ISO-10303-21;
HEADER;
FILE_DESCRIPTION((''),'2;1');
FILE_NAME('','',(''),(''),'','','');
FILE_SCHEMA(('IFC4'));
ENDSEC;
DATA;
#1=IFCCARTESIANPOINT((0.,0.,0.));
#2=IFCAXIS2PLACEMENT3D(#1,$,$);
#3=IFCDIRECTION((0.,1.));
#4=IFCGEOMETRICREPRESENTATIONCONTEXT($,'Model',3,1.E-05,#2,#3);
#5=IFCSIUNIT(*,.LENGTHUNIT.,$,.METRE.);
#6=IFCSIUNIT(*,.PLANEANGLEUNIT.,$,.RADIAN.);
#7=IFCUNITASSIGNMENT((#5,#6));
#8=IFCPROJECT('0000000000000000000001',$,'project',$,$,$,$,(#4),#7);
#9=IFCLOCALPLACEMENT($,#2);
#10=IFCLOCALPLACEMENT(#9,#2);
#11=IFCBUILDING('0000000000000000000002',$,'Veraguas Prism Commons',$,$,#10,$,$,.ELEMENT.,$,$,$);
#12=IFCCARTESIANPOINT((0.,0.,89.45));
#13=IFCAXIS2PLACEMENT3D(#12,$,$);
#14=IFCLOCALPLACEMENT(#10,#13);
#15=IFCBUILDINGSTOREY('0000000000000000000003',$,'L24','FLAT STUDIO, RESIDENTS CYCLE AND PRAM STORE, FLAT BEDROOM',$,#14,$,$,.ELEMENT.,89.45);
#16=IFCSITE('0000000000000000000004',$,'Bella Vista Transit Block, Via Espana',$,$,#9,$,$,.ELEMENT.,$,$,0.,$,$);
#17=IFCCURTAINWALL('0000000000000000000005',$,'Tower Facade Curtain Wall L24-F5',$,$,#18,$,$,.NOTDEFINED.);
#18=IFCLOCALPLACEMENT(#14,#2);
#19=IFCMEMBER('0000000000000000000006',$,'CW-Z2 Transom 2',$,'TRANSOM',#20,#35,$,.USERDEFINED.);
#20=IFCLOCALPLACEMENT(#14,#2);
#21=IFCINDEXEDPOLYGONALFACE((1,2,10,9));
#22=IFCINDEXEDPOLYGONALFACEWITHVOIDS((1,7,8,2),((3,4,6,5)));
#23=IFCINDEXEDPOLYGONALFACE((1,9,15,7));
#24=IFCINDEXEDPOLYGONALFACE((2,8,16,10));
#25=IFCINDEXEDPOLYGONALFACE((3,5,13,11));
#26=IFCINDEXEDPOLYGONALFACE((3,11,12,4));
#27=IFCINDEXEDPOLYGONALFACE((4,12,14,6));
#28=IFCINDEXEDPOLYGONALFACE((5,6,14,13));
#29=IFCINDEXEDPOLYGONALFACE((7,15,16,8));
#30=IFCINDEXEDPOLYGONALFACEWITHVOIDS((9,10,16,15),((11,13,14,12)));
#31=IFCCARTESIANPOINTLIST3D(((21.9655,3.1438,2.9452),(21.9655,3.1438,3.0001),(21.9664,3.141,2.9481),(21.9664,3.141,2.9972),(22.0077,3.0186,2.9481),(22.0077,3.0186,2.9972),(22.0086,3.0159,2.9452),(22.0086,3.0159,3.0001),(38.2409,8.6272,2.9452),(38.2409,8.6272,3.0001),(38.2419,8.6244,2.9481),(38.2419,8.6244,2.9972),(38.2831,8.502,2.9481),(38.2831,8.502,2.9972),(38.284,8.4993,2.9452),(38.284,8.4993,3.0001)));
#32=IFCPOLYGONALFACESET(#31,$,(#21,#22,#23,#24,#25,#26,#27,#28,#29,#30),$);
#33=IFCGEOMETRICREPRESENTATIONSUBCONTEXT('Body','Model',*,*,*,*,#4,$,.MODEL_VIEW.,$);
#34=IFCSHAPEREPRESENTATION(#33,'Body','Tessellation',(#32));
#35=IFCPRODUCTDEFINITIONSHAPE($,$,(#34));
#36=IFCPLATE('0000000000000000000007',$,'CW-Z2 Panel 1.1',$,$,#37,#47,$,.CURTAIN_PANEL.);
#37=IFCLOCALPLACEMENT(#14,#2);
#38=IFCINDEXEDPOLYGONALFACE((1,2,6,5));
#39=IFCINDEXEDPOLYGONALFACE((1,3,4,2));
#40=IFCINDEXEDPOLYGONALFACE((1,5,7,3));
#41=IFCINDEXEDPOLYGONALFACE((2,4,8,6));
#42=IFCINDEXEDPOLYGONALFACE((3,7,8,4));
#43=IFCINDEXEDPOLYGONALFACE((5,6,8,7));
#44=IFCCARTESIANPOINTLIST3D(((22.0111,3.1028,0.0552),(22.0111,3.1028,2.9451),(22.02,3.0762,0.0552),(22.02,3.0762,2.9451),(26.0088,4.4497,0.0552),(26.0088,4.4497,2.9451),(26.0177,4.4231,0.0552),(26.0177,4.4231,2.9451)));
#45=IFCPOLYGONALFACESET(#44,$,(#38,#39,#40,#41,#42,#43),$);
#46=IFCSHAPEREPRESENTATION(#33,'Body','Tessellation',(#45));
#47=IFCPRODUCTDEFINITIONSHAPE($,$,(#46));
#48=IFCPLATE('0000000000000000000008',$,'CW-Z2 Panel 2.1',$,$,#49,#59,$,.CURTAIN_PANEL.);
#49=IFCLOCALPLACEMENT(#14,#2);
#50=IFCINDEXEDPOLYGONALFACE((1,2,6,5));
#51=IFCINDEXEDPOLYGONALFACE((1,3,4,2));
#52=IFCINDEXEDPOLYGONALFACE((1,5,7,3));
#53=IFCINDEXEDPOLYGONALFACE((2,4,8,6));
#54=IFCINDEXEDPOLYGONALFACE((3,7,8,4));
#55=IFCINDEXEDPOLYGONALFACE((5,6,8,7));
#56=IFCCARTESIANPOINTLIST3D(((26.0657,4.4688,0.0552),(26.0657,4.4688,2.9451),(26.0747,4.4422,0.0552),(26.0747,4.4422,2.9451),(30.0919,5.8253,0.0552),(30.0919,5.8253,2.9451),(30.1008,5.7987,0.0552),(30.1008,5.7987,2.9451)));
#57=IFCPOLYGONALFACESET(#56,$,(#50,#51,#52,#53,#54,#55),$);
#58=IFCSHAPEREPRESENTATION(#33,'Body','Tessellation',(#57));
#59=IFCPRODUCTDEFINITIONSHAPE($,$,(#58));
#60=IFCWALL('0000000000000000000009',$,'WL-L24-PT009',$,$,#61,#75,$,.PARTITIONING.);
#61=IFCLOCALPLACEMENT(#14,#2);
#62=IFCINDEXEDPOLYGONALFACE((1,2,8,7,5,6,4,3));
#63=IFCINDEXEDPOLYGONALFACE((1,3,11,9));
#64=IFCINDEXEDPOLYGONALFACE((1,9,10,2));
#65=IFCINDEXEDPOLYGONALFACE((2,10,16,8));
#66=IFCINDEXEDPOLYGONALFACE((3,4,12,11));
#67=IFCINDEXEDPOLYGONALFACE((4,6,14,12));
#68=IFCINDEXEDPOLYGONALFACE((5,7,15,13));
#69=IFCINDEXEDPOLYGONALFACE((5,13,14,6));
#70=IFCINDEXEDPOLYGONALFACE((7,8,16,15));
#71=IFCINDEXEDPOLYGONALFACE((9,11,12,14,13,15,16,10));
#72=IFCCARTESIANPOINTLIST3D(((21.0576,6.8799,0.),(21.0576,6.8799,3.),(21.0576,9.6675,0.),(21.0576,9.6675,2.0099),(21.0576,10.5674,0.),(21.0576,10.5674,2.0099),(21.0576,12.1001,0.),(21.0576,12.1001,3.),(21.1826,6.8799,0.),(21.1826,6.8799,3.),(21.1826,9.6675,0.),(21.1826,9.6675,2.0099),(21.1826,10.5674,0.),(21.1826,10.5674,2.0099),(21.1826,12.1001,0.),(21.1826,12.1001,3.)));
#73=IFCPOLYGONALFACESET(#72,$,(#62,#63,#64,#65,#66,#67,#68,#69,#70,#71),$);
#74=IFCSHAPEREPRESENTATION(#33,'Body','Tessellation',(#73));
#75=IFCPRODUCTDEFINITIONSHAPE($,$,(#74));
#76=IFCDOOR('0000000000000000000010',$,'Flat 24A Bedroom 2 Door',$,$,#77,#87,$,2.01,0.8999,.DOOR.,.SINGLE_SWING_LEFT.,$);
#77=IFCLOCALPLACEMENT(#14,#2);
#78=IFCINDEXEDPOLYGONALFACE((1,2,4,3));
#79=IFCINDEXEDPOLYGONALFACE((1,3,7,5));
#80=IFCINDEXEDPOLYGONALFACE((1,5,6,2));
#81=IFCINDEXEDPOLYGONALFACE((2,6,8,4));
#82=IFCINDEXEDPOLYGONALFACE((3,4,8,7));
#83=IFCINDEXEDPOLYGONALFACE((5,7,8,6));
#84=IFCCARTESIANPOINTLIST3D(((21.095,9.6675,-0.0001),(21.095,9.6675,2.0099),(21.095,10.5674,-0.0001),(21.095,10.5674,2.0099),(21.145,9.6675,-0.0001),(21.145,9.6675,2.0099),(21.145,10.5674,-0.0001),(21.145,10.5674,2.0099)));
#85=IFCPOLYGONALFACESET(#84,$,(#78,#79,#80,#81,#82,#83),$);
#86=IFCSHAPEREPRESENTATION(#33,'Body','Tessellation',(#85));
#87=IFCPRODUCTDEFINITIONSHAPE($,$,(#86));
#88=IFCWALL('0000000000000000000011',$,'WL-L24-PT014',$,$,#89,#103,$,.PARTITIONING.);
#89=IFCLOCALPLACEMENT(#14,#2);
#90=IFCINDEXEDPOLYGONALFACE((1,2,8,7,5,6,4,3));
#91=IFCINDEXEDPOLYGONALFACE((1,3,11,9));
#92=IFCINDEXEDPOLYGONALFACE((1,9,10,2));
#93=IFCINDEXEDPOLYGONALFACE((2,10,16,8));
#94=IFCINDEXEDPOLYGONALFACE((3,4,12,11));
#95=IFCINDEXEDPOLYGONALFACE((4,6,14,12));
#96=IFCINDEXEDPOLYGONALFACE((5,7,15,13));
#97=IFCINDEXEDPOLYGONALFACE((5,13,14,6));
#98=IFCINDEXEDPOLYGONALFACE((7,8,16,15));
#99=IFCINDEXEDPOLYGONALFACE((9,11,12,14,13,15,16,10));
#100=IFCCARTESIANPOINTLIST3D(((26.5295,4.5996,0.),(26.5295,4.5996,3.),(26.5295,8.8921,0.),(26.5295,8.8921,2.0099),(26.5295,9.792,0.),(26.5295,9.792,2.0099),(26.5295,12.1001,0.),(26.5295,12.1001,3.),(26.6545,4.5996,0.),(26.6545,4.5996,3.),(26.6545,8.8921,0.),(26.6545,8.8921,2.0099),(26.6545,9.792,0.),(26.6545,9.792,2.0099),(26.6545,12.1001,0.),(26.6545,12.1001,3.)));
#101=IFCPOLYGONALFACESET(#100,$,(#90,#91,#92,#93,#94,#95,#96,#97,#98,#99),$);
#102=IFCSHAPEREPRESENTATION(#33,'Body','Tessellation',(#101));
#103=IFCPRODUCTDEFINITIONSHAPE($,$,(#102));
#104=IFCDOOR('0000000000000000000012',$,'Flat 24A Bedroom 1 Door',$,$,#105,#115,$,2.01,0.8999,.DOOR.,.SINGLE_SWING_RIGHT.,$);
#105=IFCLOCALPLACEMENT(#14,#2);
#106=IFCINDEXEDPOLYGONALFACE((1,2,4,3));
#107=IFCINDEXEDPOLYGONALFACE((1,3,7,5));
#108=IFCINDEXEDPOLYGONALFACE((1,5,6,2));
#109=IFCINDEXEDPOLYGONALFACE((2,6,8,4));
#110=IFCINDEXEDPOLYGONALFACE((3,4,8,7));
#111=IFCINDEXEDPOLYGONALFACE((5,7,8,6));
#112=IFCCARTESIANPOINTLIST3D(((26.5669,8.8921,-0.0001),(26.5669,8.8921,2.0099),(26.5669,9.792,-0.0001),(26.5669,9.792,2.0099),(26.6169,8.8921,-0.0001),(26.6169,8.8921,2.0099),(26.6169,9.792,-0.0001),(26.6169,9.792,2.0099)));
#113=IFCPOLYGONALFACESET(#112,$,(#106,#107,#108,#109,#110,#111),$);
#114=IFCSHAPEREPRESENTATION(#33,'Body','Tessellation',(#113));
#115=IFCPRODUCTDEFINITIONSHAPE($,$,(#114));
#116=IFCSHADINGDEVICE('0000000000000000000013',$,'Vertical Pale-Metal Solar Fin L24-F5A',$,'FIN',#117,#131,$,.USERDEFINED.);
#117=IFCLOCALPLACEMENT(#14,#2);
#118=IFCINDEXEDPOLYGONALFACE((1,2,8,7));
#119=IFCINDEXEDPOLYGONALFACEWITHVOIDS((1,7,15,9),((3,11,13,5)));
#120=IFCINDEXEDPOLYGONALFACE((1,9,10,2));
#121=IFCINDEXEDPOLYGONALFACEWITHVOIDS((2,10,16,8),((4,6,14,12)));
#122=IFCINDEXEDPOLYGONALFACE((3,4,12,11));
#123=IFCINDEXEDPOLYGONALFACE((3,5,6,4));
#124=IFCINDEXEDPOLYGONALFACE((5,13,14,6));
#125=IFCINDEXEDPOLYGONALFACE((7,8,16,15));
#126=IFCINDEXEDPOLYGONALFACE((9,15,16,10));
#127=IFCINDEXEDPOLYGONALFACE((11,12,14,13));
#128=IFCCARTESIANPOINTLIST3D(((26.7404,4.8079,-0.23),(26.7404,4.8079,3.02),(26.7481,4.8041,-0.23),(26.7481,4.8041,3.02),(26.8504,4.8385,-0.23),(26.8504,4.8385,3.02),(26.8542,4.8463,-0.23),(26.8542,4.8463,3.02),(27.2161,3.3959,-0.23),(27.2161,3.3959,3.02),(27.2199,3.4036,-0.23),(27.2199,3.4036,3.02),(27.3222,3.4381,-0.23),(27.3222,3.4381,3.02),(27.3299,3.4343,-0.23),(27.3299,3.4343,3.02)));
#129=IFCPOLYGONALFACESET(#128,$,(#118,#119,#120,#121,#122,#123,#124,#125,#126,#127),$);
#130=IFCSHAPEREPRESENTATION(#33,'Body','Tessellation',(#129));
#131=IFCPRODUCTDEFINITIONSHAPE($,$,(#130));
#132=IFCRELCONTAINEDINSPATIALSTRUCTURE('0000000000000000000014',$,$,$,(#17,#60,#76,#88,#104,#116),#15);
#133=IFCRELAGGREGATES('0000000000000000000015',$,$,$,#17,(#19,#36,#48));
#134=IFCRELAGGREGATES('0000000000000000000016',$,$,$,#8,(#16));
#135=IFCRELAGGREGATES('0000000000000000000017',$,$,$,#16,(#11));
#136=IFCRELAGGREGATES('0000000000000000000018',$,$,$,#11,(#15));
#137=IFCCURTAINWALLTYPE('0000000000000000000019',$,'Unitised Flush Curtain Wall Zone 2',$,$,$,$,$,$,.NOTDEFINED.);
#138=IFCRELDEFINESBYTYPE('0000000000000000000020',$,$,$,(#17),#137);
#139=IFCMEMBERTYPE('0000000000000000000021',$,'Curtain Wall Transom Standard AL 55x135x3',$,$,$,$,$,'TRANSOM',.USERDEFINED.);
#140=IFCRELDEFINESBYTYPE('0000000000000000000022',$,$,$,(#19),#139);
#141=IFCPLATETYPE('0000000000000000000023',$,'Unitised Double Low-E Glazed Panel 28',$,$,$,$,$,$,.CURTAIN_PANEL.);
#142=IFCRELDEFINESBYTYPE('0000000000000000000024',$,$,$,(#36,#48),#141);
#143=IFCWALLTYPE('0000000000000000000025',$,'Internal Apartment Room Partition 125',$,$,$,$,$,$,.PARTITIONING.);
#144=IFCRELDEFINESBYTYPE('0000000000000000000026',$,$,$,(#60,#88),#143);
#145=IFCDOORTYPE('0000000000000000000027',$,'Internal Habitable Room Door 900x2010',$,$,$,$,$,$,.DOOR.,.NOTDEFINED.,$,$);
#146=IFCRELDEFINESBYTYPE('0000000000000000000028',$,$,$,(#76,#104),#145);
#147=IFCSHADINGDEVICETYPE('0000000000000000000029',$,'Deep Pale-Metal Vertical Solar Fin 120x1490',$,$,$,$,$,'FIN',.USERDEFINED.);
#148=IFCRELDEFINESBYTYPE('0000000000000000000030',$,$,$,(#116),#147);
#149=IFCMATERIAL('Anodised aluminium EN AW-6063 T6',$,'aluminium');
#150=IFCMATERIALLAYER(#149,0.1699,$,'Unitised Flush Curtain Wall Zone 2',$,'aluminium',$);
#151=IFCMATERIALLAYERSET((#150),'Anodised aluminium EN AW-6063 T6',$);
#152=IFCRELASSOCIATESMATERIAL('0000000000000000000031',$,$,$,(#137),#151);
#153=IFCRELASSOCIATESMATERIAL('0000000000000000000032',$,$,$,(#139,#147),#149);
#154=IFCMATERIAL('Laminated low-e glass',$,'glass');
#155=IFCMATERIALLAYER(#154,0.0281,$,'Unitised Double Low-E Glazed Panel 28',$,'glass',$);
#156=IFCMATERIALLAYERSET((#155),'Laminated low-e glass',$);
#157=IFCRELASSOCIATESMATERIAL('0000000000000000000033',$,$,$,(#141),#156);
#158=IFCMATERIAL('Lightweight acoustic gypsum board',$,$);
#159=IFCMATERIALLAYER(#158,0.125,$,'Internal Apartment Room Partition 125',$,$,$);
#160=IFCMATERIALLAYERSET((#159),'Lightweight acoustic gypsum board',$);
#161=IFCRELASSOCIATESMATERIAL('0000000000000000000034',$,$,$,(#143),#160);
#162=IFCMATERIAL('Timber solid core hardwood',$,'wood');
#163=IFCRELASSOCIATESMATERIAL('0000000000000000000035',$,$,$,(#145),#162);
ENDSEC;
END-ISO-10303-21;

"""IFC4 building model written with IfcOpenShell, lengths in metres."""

from ifc_helpers import new_model, si_unit, direction, frame, frame_2d, origin, origin_2d, place, context, subcontext, project, spatial, rectangle, hollow_rectangle, extrude, source, transform, mapped, material, layer, layer_set, material_profile, profile_set, type_object, element, fill, aggregate, save


model = new_model("IFC4")

# Units and contexts
model_context = context("Model", 3, precision=1e-05, world=origin(), true_north=direction((0.0, 1.0)))
body_context = subcontext(model_context, "Body", "Model", "MODEL_VIEW")
ifc_project = project(units=[si_unit("LENGTHUNIT", "METRE"), si_unit("PLANEANGLEUNIT", "RADIAN")], contexts=[model_context])

# Site, building, storey
site_placement = place(None, origin())
site = spatial("IfcSite", under=ifc_project, at=site_placement, Name="Bella Vista Transit Block, Via Espana", CompositionType="ELEMENT", RefElevation=0.0)
building_placement = place(site_placement, origin())
building = spatial("IfcBuilding", under=site, at=building_placement, Name="Veraguas Prism Commons", CompositionType="ELEMENT")
storey_placement = place(building_placement, frame((0.0, 0.0, 89.45)))
storey = spatial("IfcBuildingStorey", under=building, at=storey_placement, Name="L24", Description="FLAT STUDIO, RESIDENTS CYCLE AND PRAM STORE, FLAT BEDROOM", CompositionType="ELEMENT", Elevation=89.45)

# Curtain wall
ifc_material_1 = material(Name="Anodised aluminium EN AW-6063 T6", Category="aluminium")
ifc_layer_1 = layer(ifc_material_1, 0.1699, Name="Unitised Flush Curtain Wall Zone 2", Category="aluminium")
ifc_layer_set_1 = layer_set([ifc_layer_1], Name="Anodised aluminium EN AW-6063 T6")
curtain_wall_type = type_object("IfcCurtainWallType", Name="Unitised Flush Curtain Wall Zone 2", PredefinedType="NOTDEFINED", material=ifc_layer_set_1)
curtain_wall_1_placement = place(storey_placement, origin())
curtain_wall_1 = element("IfcCurtainWall", 1, at=curtain_wall_1_placement, inside=storey, type_object=curtain_wall_type, Name="Tower Facade Curtain Wall L24-F5", PredefinedType="NOTDEFINED")

# Member
ifc_material_profile_1 = material_profile(ifc_material_1, hollow_rectangle(XDim=0.0549, YDim=0.135, WallThickness=0.0029, at=origin_2d()), Name="AL55X135X3")
ifc_profile_set_1 = profile_set([ifc_material_profile_1], Name="Anodised aluminium EN AW-6063 T6")
member_type_1 = type_object("IfcMemberType", Name="Curtain Wall Transom Standard AL 55x135x3", ElementType="TRANSOM", PredefinedType="USERDEFINED", material=ifc_profile_set_1)
shared_shape_1 = source(origin(), body_context, "Body", "SweptSolid", [
    extrude(hollow_rectangle(XDim=0.0549, YDim=0.135, WallThickness=0.0029, at=origin_2d()), origin(), (0.0, 0.0, 1.0), 17.1743),
])
member_1_placement = place(storey_placement, frame((21.9871, 3.0798, 2.9727), z_axis=(0.947661, 0.31928, 0.0), x_axis=(0.0, 0.0, 1.0)))
member_1 = element("IfcMember", 2, at=member_1_placement, type_object=member_type_1, Name="CW-Z2 Transom 2", ObjectType="TRANSOM", PredefinedType="USERDEFINED", context=body_context, shape_type="MappedRepresentation", body=[
    mapped(shared_shape_1, transform((0.0, 0.0, 0.0), scale=1.0)),
])

# Plates
ifc_material_2 = material(Name="Laminated low-e glass", Category="glass")
ifc_layer_2 = layer(ifc_material_2, 0.0281, Name="Unitised Double Low-E Glazed Panel 28", Category="glass")
ifc_layer_set_2 = layer_set([ifc_layer_2], Name="Laminated low-e glass")
plate_type = type_object("IfcPlateType", Name="Unitised Double Low-E Glazed Panel 28", PredefinedType="CURTAIN_PANEL", material=ifc_layer_set_2)
shared_shape_2 = source(origin(), body_context, "Body", "SweptSolid", [
    extrude(rectangle(XDim=4.2185, YDim=0.0281, at=origin_2d()), origin(), (0.0, 0.0, 1.0), 2.8899),
])
plate_1_placement = place(storey_placement, frame((24.0144, 3.7629, 0.0552), z_axis=(0.0, 0.0, 1.0), x_axis=(0.947659, 0.319284, 0.0)))
plate_1 = element("IfcPlate", 3, at=plate_1_placement, type_object=plate_type, Name="CW-Z2 Panel 1.1", PredefinedType="CURTAIN_PANEL", context=body_context, shape_type="MappedRepresentation", body=[
    mapped(shared_shape_2, transform((0.0, 0.0, 0.0), scale=1.0)),
])
shared_shape_3 = source(origin(), body_context, "Body", "SweptSolid", [
    extrude(rectangle(XDim=4.2485, YDim=0.0281, at=origin_2d()), origin(), (0.0, 0.0, 1.0), 2.8899),
])
plate_2_placement = place(storey_placement, frame((28.0833, 5.1338, 0.0552), z_axis=(0.0, 0.0, 1.0), x_axis=(0.947659, 0.319284, 0.0)))
plate_2 = element("IfcPlate", 4, at=plate_2_placement, type_object=plate_type, Name="CW-Z2 Panel 2.1", PredefinedType="CURTAIN_PANEL", context=body_context, shape_type="MappedRepresentation", body=[
    mapped(shared_shape_3, transform((0.0, 0.0, 0.0), scale=1.0)),
])
aggregate(curtain_wall_1, [member_1, plate_1, plate_2])

# Walls, openings, doors
ifc_material_3 = material(Name="Lightweight acoustic gypsum board")
ifc_layer_3 = layer(ifc_material_3, 0.125, Name="Internal Apartment Room Partition 125")
ifc_layer_set_3 = layer_set([ifc_layer_3], Name="Lightweight acoustic gypsum board")
wall_type = type_object("IfcWallType", Name="Internal Apartment Room Partition 125", PredefinedType="PARTITIONING", material=ifc_layer_set_3)
wall_1_placement = place(storey_placement, frame((21.1201, 12.1001, 0.0), z_axis=(0.0, 0.0, 1.0), x_axis=(0.0, -1.0, 0.0)))
wall_1 = element("IfcWall", 5, at=wall_1_placement, inside=storey, type_object=wall_type, Name="WL-L24-PT009", PredefinedType="PARTITIONING", context=body_context, shape_type="SweptSolid", body=[
    extrude(rectangle(XDim=5.2202, YDim=0.125, at=frame_2d((2.6101, 0.0))), origin(), (0.0, 0.0, 1.0), 3.0),
])
opening_1_placement = place(wall_1_placement, frame((1.5327, 0.0, 0.0)))
opening_1 = element("IfcOpeningElement", 6, at=opening_1_placement, cuts=wall_1, PredefinedType="OPENING", context=body_context, shape_type="SweptSolid", body=[
    extrude(rectangle(XDim=0.8999, YDim=2.01, at=frame_2d((0.45, 1.0049))), frame((0.0, 0.0725, 0.0), z_axis=(0.0, -1.0, 0.0), x_axis=(1.0, 0.0, 0.0)), (0.0, 0.0, 1.0), 0.145),
])
ifc_material_4 = material(Name="Timber solid core hardwood", Category="wood")
door_type = type_object("IfcDoorType", Name="Internal Habitable Room Door 900x2010", OperationType="NOTDEFINED", PredefinedType="DOOR", material=ifc_material_4)
shared_shape_4 = source(origin(), body_context, "Body", "SweptSolid", [
    extrude(rectangle(XDim=0.8999, YDim=2.01, at=frame_2d((0.45, 1.0049))), frame((0.0, 0.0249, 0.0), z_axis=(0.0, -1.0, 0.0), x_axis=(1.0, 0.0, 0.0)), (0.0, 0.0, 1.0), 0.05),
])
door_1_placement = place(opening_1_placement, origin())
door_1 = element("IfcDoor", 7, at=door_1_placement, inside=storey, type_object=door_type, Name="Flat 24A Bedroom 2 Door", OperationType="SINGLE_SWING_LEFT", OverallHeight=2.01, OverallWidth=0.8999, PredefinedType="DOOR", context=body_context, shape_type="MappedRepresentation", body=[
    mapped(shared_shape_4, transform((0.0, 0.0, 0.0), scale=1.0)),
])
fill(opening_1, door_1)
wall_2_placement = place(storey_placement, frame((26.592, 12.1001, 0.0), z_axis=(0.0, 0.0, 1.0), x_axis=(0.0, -1.0, 0.0)))
wall_2 = element("IfcWall", 8, at=wall_2_placement, inside=storey, type_object=wall_type, Name="WL-L24-PT014", PredefinedType="PARTITIONING", context=body_context, shape_type="SweptSolid", body=[
    extrude(rectangle(XDim=7.5005, YDim=0.125, at=frame_2d((3.7502, 0.0))), origin(), (0.0, 0.0, 1.0), 3.0),
])
opening_2_placement = place(wall_2_placement, frame((2.3081, 0.0, 0.0)))
opening_2 = element("IfcOpeningElement", 9, at=opening_2_placement, cuts=wall_2, PredefinedType="OPENING", context=body_context, shape_type="SweptSolid", body=[
    extrude(rectangle(XDim=0.8999, YDim=2.01, at=frame_2d((0.45, 1.0049))), frame((0.0, 0.0725, 0.0), z_axis=(0.0, -1.0, 0.0), x_axis=(1.0, 0.0, 0.0)), (0.0, 0.0, 1.0), 0.145),
])
door_2_placement = place(opening_2_placement, origin())
door_2 = element("IfcDoor", 10, at=door_2_placement, inside=storey, type_object=door_type, Name="Flat 24A Bedroom 1 Door", OperationType="SINGLE_SWING_RIGHT", OverallHeight=2.01, OverallWidth=0.8999, PredefinedType="DOOR", context=body_context, shape_type="MappedRepresentation", body=[
    mapped(shared_shape_4, transform((0.0, 0.0, 0.0), scale=1.0)),
])
fill(opening_2, door_2)

# Shading device
ifc_material_profile_2 = material_profile(ifc_material_1, hollow_rectangle(XDim=0.1201, YDim=1.49, WallThickness=0.0061, at=origin_2d()), Name="FIN120X1490X6")
ifc_profile_set_2 = profile_set([ifc_material_profile_2], Name="Anodised aluminium EN AW-6063 T6")
shading_device_type = type_object("IfcShadingDeviceType", Name="Deep Pale-Metal Vertical Solar Fin 120x1490", ElementType="FIN", PredefinedType="USERDEFINED", material=ifc_profile_set_2)
shading_device_placement = place(storey_placement, frame((27.0352, 4.1211, -0.23), z_axis=(0.0, 0.0, 1.0), x_axis=(0.947659, 0.319285, 0.0)))
element("IfcShadingDevice", 11, at=shading_device_placement, inside=storey, type_object=shading_device_type, Name="Vertical Pale-Metal Solar Fin L24-F5A", ObjectType="FIN", PredefinedType="USERDEFINED", context=body_context, shape_type="SweptSolid", body=[
    extrude(hollow_rectangle(XDim=0.1201, YDim=1.49, WallThickness=0.0061, at=origin_2d()), origin(), (0.0, 0.0, 1.0), 3.25),
])

save(model, "model.ifc")
